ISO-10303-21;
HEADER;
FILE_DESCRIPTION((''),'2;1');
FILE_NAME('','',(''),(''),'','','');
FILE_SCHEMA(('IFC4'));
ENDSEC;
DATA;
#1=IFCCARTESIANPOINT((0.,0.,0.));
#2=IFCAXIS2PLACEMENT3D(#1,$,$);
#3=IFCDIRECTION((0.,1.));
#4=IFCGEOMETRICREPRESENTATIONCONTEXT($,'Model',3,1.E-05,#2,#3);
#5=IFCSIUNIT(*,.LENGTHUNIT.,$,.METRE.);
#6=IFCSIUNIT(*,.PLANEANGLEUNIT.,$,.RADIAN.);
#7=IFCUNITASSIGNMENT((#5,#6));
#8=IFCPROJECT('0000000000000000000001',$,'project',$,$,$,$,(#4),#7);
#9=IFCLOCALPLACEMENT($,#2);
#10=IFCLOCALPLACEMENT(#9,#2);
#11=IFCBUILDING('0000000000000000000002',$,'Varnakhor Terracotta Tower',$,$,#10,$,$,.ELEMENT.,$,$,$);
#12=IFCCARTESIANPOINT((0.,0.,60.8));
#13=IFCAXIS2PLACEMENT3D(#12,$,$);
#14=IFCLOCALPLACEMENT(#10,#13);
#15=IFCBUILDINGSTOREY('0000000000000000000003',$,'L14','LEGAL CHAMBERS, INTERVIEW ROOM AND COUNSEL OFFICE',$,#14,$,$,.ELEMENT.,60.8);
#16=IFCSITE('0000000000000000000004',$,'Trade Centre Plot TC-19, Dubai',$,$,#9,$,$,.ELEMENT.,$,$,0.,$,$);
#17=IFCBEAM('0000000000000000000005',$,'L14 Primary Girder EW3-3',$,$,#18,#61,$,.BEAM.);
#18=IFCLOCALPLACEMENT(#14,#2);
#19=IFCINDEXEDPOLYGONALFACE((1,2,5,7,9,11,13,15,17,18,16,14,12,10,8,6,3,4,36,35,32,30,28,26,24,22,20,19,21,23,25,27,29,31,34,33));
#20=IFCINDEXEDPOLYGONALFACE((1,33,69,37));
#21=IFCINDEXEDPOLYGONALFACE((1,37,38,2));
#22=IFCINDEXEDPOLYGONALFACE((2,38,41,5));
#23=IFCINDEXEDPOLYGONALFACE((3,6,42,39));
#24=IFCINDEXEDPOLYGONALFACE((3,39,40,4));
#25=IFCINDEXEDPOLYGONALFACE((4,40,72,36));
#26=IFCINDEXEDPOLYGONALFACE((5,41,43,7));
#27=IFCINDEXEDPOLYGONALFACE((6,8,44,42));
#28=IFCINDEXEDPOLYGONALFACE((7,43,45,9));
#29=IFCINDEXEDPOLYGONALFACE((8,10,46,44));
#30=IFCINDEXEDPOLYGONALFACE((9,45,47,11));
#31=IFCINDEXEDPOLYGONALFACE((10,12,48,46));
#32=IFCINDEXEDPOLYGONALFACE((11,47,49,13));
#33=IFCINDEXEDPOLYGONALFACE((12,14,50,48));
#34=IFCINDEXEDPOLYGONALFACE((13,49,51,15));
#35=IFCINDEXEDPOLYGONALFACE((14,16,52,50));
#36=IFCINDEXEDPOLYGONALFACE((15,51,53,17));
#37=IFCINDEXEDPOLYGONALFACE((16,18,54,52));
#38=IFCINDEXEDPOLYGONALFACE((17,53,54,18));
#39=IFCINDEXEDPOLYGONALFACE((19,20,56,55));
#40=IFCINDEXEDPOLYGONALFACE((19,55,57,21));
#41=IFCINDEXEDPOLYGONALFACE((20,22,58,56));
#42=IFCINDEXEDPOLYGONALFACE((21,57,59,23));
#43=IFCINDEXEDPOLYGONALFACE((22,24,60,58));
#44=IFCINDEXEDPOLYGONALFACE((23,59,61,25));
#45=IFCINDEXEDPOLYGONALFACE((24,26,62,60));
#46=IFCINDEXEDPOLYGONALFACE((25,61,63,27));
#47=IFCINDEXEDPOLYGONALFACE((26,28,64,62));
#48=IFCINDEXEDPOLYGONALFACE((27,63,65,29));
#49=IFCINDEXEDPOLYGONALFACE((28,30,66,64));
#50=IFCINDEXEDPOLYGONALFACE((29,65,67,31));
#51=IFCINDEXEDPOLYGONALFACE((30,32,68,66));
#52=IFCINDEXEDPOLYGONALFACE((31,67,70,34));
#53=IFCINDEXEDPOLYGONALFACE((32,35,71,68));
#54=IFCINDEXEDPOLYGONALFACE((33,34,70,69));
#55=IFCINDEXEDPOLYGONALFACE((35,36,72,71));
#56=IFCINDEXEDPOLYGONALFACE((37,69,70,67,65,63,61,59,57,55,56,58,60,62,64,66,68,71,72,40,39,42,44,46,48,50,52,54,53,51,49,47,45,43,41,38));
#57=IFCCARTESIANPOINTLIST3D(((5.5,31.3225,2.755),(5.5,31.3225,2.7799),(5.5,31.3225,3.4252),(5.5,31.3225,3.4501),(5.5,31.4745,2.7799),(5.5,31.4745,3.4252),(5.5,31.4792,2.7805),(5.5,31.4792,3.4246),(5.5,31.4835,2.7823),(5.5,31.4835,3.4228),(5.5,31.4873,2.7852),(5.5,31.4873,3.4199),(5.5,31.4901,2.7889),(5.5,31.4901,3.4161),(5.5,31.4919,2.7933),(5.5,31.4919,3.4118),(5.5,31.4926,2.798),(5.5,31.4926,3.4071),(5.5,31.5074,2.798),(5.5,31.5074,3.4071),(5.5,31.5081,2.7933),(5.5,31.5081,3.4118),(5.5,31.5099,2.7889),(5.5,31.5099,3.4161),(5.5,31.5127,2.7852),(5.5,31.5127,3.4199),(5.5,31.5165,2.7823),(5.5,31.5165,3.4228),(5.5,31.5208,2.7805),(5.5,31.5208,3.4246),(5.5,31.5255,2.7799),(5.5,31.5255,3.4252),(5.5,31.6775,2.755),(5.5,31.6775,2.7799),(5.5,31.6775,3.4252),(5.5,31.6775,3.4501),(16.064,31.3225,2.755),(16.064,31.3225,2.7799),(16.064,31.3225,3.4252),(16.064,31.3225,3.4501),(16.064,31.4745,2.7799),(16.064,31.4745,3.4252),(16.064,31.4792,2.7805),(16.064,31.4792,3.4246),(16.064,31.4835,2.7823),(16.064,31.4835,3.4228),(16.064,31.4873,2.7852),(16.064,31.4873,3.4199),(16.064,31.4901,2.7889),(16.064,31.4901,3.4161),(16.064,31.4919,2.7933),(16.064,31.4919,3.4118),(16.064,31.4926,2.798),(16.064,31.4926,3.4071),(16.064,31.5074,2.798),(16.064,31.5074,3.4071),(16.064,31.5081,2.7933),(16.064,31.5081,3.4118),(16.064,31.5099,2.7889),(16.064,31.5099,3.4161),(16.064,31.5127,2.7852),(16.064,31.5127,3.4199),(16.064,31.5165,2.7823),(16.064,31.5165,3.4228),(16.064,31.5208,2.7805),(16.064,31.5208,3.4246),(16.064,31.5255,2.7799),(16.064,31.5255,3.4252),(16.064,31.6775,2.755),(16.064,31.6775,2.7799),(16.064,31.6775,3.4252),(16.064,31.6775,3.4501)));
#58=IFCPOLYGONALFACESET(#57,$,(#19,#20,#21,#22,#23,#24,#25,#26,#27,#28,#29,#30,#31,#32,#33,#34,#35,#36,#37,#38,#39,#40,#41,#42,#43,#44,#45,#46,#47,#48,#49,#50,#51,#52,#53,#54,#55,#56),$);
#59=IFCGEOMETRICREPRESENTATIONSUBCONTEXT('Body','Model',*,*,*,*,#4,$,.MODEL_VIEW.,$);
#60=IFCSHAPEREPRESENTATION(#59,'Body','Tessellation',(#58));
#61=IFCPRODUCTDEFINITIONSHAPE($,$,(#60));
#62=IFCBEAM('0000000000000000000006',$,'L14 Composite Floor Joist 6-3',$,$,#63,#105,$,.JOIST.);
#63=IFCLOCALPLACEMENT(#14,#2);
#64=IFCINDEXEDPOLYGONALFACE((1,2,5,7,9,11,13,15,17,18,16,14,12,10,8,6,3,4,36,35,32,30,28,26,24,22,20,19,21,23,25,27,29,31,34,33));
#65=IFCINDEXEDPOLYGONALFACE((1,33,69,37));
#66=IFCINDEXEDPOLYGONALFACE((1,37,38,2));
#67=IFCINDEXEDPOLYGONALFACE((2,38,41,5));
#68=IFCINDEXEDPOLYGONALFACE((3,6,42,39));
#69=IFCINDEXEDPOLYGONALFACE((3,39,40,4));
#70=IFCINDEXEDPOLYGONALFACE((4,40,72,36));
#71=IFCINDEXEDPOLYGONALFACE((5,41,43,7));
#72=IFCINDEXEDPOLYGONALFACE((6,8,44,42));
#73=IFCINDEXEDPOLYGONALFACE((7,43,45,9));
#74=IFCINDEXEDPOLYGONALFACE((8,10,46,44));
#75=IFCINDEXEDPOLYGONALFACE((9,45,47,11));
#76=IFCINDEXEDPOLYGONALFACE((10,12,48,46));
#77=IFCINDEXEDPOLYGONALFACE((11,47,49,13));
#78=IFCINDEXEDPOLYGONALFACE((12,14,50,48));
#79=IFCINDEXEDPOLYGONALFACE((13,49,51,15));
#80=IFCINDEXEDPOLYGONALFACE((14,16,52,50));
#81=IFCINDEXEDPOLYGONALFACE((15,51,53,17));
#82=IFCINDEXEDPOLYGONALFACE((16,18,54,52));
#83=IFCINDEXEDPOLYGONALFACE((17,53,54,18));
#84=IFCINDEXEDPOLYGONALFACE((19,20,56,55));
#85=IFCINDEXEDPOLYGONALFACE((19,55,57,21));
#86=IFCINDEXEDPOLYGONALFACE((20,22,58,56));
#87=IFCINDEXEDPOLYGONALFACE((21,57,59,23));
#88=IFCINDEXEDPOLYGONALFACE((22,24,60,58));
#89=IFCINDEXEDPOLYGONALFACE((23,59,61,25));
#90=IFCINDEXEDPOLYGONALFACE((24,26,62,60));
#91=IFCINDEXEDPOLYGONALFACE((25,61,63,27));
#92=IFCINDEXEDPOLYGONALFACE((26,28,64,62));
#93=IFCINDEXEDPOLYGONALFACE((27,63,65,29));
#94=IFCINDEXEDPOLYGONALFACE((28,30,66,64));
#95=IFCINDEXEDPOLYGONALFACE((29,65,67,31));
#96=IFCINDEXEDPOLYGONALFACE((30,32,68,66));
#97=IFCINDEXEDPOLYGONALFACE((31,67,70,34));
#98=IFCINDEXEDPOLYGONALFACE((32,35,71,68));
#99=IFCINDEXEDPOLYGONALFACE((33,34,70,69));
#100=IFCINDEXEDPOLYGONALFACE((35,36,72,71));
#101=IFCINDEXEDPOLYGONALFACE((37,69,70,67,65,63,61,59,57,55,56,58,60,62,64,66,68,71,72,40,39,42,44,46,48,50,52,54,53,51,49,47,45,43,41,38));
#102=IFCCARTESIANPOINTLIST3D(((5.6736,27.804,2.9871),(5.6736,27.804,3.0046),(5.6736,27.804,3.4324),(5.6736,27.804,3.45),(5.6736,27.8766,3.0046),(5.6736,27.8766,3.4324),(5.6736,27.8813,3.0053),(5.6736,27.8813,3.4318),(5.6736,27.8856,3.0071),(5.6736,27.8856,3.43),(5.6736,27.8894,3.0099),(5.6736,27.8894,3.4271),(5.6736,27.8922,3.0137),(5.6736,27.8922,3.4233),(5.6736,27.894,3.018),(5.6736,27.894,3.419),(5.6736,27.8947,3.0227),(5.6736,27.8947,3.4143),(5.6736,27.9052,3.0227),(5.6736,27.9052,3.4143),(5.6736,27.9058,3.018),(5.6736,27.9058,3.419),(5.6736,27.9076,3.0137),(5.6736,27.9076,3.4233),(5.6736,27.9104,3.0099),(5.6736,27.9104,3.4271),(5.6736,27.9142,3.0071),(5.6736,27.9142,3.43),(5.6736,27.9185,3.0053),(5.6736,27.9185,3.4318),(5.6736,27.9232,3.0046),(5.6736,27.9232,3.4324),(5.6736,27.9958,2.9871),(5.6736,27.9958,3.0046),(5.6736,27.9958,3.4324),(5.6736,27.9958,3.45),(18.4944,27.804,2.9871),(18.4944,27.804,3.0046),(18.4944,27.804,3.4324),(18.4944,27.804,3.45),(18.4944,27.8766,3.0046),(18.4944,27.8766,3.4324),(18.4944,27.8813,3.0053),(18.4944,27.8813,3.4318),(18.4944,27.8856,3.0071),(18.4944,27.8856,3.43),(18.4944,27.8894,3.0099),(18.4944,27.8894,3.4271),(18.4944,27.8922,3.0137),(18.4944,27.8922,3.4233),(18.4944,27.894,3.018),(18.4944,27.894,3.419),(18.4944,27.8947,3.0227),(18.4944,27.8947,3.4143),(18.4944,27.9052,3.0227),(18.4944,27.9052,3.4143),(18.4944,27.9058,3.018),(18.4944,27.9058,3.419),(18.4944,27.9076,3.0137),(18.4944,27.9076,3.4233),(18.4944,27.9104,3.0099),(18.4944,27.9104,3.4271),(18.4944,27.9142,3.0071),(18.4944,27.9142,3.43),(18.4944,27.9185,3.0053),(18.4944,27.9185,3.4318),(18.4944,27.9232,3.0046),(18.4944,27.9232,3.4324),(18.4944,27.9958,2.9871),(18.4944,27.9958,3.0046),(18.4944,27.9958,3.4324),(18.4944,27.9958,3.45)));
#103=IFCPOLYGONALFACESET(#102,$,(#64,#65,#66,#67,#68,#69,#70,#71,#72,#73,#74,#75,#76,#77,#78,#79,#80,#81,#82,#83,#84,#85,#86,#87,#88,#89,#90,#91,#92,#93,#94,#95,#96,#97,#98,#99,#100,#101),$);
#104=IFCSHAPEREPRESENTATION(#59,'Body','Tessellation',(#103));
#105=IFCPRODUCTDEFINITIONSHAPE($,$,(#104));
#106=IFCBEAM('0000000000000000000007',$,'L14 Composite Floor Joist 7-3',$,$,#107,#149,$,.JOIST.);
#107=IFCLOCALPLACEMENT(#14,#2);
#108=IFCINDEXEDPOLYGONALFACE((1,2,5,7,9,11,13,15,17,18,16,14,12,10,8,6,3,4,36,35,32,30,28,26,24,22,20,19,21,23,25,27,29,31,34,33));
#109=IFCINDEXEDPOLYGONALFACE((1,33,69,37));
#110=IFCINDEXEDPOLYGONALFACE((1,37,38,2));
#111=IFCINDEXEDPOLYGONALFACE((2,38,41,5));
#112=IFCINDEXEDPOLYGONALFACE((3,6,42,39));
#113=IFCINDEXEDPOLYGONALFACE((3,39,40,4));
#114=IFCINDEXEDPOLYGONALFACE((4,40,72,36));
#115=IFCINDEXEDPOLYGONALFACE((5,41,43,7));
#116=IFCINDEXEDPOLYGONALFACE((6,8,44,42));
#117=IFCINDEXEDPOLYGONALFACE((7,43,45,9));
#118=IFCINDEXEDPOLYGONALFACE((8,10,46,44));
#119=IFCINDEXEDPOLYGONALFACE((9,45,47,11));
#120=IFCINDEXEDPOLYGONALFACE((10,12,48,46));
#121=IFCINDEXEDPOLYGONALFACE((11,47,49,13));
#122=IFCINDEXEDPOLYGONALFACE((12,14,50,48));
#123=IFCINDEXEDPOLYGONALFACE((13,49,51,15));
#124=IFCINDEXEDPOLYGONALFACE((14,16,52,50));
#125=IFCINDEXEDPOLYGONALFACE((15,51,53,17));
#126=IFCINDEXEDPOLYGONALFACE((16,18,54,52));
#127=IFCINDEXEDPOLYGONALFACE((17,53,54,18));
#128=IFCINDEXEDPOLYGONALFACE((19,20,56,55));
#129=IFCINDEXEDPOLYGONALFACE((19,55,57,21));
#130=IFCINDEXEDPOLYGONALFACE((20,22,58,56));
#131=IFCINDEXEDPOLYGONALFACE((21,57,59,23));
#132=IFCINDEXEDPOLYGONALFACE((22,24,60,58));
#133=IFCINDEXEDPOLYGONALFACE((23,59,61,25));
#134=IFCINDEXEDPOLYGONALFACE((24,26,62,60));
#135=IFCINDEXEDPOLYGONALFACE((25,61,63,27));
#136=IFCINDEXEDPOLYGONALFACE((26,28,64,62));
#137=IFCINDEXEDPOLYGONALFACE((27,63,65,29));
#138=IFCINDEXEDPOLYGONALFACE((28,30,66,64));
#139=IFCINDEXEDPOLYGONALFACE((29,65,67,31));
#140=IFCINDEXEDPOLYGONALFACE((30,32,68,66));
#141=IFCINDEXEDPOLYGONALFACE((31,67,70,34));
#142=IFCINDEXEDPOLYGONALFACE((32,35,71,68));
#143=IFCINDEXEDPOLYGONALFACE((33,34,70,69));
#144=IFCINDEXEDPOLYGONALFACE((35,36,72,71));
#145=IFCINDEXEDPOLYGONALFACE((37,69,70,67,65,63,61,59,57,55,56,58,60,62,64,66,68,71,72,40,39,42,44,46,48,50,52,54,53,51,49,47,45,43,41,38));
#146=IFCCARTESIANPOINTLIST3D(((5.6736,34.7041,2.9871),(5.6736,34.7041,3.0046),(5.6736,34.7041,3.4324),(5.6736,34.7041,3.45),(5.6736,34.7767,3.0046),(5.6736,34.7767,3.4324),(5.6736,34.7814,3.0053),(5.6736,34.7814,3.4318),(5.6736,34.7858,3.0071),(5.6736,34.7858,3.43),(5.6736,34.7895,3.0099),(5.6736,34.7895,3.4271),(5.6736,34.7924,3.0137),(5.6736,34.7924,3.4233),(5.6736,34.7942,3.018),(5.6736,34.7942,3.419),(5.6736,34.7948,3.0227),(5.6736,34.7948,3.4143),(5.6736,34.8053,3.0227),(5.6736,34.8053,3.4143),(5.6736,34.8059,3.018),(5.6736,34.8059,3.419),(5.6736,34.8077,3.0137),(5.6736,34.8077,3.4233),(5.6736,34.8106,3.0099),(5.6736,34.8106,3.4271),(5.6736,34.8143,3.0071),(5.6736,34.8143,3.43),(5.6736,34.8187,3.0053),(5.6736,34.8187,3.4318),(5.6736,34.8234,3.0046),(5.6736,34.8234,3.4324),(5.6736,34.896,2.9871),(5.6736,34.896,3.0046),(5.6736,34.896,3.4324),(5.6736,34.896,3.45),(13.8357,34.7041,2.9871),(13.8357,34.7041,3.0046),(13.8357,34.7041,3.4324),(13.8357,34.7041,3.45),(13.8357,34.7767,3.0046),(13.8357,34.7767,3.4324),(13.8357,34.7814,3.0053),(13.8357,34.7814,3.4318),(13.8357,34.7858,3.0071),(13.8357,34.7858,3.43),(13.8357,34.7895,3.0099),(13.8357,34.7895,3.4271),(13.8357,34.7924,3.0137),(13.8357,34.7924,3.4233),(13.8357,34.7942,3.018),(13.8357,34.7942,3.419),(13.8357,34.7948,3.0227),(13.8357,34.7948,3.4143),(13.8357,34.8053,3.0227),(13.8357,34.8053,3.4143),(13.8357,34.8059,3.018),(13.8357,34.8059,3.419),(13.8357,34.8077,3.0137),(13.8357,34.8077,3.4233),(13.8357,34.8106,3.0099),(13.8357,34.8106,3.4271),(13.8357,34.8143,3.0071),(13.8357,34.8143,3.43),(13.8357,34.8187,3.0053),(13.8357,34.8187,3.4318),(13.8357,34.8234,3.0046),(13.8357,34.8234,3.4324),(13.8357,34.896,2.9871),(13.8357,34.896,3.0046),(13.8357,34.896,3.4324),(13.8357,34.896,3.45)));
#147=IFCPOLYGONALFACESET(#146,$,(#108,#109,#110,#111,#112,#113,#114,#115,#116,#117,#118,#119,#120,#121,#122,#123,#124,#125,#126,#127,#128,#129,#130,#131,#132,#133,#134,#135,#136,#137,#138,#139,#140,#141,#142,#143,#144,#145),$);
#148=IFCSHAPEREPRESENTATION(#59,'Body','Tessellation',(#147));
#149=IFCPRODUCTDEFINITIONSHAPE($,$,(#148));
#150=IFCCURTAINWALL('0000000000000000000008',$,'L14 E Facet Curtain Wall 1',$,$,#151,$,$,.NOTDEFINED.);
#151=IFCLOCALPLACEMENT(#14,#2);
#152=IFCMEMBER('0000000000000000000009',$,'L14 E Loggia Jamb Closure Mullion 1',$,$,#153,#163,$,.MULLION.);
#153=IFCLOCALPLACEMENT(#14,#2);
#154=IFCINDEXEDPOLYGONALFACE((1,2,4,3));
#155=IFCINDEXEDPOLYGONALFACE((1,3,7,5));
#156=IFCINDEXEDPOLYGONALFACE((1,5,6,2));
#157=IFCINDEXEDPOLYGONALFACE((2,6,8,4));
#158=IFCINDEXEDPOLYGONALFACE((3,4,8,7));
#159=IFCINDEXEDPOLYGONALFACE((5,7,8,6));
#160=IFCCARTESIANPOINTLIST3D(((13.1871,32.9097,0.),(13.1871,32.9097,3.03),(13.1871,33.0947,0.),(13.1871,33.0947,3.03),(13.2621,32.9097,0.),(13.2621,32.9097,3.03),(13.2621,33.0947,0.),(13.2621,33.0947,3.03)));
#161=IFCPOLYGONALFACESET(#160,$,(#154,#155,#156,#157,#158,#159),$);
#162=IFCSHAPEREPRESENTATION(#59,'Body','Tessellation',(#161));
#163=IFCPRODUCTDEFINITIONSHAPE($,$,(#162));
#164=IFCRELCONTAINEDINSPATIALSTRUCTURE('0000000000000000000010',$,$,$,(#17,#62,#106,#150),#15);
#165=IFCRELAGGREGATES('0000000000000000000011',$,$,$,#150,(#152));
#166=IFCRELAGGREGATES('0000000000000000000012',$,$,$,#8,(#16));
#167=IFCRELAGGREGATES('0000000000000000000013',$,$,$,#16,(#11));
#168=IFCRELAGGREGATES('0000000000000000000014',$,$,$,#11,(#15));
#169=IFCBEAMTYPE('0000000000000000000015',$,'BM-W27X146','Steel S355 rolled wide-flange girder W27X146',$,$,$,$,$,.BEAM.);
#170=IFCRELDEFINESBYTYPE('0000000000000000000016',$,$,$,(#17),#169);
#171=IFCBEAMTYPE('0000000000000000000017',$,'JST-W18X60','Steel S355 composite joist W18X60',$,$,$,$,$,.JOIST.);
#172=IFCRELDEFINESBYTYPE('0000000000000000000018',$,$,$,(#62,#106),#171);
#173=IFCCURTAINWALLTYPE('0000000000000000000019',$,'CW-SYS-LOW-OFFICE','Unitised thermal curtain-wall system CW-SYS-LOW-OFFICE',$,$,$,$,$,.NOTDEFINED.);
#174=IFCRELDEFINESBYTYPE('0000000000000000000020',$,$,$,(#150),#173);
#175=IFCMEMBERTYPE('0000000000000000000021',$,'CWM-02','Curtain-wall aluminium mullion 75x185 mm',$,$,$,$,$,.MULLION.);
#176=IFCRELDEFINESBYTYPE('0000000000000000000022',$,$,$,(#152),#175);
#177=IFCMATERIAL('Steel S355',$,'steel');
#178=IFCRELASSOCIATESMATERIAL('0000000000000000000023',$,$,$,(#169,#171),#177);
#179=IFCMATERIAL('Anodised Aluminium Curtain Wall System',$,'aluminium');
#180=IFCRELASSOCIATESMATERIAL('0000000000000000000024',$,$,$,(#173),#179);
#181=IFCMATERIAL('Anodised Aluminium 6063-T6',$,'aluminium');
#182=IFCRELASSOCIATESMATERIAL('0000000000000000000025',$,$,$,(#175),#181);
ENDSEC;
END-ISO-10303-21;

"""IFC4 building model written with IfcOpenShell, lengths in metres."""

from ifc_helpers import new_model, si_unit, direction, frame, origin, origin_2d, place, context, subcontext, project, spatial, rectangle, i_section, extrude, source, transform, mapped, material, material_profile, profile_set, type_object, type_shapes, element, aggregate, save


model = new_model("IFC4")

# Units and contexts
model_context = context("Model", 3, precision=1e-05, world=origin(), true_north=direction((0.0, 1.0)))
body_context = subcontext(model_context, "Body", "Model", "MODEL_VIEW")
ifc_project = project(units=[si_unit("LENGTHUNIT", "METRE"), si_unit("PLANEANGLEUNIT", "RADIAN")], contexts=[model_context])

# Site, building, storey
site_placement = place(None, origin())
site = spatial("IfcSite", under=ifc_project, at=site_placement, Name="Trade Centre Plot TC-19, Dubai", CompositionType="ELEMENT", RefElevation=0.0)
building_placement = place(site_placement, origin())
building = spatial("IfcBuilding", under=site, at=building_placement, Name="Varnakhor Terracotta Tower", CompositionType="ELEMENT")
storey_placement = place(building_placement, frame((0.0, 0.0, 60.8)))
storey = spatial("IfcBuildingStorey", under=building, at=storey_placement, Name="L14", Description="LEGAL CHAMBERS, INTERVIEW ROOM AND COUNSEL OFFICE", CompositionType="ELEMENT", Elevation=60.8)

# Beams
ifc_material_1 = material(Name="Steel S355", Category="steel")
ifc_material_profile_1 = material_profile(ifc_material_1, i_section(OverallWidth=0.355, OverallDepth=0.6951, WebThickness=0.0149, FlangeThickness=0.0249, FilletRadius=0.0181, at=origin_2d()), Name="W27X146")
ifc_profile_set_1 = profile_set([ifc_material_profile_1], Name="Steel S355")
beam_type_1 = type_object("IfcBeamType", Name="BM-W27X146", Description="Steel S355 rolled wide-flange girder W27X146", PredefinedType="BEAM", material=ifc_profile_set_1)
shared_shape_1 = source(origin(), body_context, "Body", "SweptSolid", [
    extrude(i_section(OverallWidth=0.355, OverallDepth=0.6951, WebThickness=0.0149, FlangeThickness=0.0249, FilletRadius=0.0181, at=origin_2d()), origin(), (0.0, 0.0, 1.0), 10.564),
])
beam_1_placement = place(storey_placement, frame((5.5, 31.5, 3.1025), z_axis=(1.0, 0.0, 0.0), x_axis=(0.0, 1.0, 0.0)))
element("IfcBeam", 1, at=beam_1_placement, inside=storey, type_object=beam_type_1, Name="L14 Primary Girder EW3-3", PredefinedType="BEAM", context=body_context, shape_type="MappedRepresentation", body=[
    mapped(shared_shape_1, transform((0.0, 0.0, 0.0), scale=1.0)),
])
ifc_material_profile_2 = material_profile(ifc_material_1, i_section(OverallWidth=0.1919, OverallDepth=0.4629, WebThickness=0.0105, FlangeThickness=0.0176, FilletRadius=0.0181, at=origin_2d()), Name="W18X60")
ifc_profile_set_2 = profile_set([ifc_material_profile_2], Name="Steel S355")
beam_type_2 = type_object("IfcBeamType", Name="JST-W18X60", Description="Steel S355 composite joist W18X60", PredefinedType="JOIST", material=ifc_profile_set_2)
shared_shape_2 = source(origin(), body_context, "Body", "SweptSolid", [
    extrude(i_section(OverallWidth=0.1919, OverallDepth=0.4629, WebThickness=0.0105, FlangeThickness=0.0176, FilletRadius=0.0181, at=origin_2d()), origin(), (0.0, 0.0, 1.0), 12.8208),
])
beam_2_placement = place(storey_placement, frame((5.6736, 27.8999, 3.2185), z_axis=(1.0, 0.0, 0.0), x_axis=(0.0, 1.0, 0.0)))
element("IfcBeam", 2, at=beam_2_placement, inside=storey, type_object=beam_type_2, Name="L14 Composite Floor Joist 6-3", PredefinedType="JOIST", context=body_context, shape_type="MappedRepresentation", body=[
    mapped(shared_shape_2, transform((0.0, 0.0, 0.0), scale=1.0)),
])
shared_shape_3 = source(origin(), body_context, "Body", "SweptSolid", [
    extrude(i_section(OverallWidth=0.1919, OverallDepth=0.4629, WebThickness=0.0105, FlangeThickness=0.0176, FilletRadius=0.0181, at=origin_2d()), origin(), (0.0, 0.0, 1.0), 8.1621),
])
beam_3_placement = place(storey_placement, frame((5.6736, 34.8, 3.2185), z_axis=(1.0, 0.0, 0.0), x_axis=(0.0, 1.0, 0.0)))
element("IfcBeam", 3, at=beam_3_placement, inside=storey, type_object=beam_type_2, Name="L14 Composite Floor Joist 7-3", PredefinedType="JOIST", context=body_context, shape_type="MappedRepresentation", body=[
    mapped(shared_shape_3, transform((0.0, 0.0, 0.0), scale=1.0)),
])

# Curtain wall, member
ifc_material_2 = material(Name="Anodised Aluminium Curtain Wall System", Category="aluminium")
curtain_wall_type = type_object("IfcCurtainWallType", Name="CW-SYS-LOW-OFFICE", Description="Unitised thermal curtain-wall system CW-SYS-LOW-OFFICE", PredefinedType="NOTDEFINED", material=ifc_material_2)
curtain_wall_placement = place(storey_placement, origin())
curtain_wall = element("IfcCurtainWall", 4, at=curtain_wall_placement, inside=storey, type_object=curtain_wall_type, Name="L14 E Facet Curtain Wall 1", PredefinedType="NOTDEFINED")
ifc_material_3 = material(Name="Anodised Aluminium 6063-T6", Category="aluminium")
ifc_material_profile_3 = material_profile(ifc_material_3, rectangle(XDim=0.075, YDim=0.1851, at=origin_2d()), Name="ALU MULLION 75x185")
ifc_profile_set_3 = profile_set([ifc_material_profile_3], Name="Anodised Aluminium 6063-T6")
member_type = type_object("IfcMemberType", Name="CWM-02", Description="Curtain-wall aluminium mullion 75x185 mm", PredefinedType="MULLION", material=ifc_profile_set_3)
shared_shape_4 = source(origin(), body_context, "Body", "SweptSolid", [
    extrude(rectangle(XDim=0.075, YDim=0.1851, at=origin_2d()), origin(), (0.0, 0.0, 1.0), 3.03),
])
type_shapes(member_type, [shared_shape_4])
member_placement = place(storey_placement, frame((13.2246, 33.0022, 0.0), z_axis=(0.0, 0.0, 1.0), x_axis=(1.0, 0.0, 0.0)))
member = element("IfcMember", 5, at=member_placement, type_object=member_type, Name="L14 E Loggia Jamb Closure Mullion 1", PredefinedType="MULLION", context=body_context, shape_type="MappedRepresentation", body=[
    mapped(shared_shape_4, transform((0.0, 0.0, 0.0), scale=1.0)),
])

aggregate(curtain_wall, [member])

save(model, "model.ifc")
